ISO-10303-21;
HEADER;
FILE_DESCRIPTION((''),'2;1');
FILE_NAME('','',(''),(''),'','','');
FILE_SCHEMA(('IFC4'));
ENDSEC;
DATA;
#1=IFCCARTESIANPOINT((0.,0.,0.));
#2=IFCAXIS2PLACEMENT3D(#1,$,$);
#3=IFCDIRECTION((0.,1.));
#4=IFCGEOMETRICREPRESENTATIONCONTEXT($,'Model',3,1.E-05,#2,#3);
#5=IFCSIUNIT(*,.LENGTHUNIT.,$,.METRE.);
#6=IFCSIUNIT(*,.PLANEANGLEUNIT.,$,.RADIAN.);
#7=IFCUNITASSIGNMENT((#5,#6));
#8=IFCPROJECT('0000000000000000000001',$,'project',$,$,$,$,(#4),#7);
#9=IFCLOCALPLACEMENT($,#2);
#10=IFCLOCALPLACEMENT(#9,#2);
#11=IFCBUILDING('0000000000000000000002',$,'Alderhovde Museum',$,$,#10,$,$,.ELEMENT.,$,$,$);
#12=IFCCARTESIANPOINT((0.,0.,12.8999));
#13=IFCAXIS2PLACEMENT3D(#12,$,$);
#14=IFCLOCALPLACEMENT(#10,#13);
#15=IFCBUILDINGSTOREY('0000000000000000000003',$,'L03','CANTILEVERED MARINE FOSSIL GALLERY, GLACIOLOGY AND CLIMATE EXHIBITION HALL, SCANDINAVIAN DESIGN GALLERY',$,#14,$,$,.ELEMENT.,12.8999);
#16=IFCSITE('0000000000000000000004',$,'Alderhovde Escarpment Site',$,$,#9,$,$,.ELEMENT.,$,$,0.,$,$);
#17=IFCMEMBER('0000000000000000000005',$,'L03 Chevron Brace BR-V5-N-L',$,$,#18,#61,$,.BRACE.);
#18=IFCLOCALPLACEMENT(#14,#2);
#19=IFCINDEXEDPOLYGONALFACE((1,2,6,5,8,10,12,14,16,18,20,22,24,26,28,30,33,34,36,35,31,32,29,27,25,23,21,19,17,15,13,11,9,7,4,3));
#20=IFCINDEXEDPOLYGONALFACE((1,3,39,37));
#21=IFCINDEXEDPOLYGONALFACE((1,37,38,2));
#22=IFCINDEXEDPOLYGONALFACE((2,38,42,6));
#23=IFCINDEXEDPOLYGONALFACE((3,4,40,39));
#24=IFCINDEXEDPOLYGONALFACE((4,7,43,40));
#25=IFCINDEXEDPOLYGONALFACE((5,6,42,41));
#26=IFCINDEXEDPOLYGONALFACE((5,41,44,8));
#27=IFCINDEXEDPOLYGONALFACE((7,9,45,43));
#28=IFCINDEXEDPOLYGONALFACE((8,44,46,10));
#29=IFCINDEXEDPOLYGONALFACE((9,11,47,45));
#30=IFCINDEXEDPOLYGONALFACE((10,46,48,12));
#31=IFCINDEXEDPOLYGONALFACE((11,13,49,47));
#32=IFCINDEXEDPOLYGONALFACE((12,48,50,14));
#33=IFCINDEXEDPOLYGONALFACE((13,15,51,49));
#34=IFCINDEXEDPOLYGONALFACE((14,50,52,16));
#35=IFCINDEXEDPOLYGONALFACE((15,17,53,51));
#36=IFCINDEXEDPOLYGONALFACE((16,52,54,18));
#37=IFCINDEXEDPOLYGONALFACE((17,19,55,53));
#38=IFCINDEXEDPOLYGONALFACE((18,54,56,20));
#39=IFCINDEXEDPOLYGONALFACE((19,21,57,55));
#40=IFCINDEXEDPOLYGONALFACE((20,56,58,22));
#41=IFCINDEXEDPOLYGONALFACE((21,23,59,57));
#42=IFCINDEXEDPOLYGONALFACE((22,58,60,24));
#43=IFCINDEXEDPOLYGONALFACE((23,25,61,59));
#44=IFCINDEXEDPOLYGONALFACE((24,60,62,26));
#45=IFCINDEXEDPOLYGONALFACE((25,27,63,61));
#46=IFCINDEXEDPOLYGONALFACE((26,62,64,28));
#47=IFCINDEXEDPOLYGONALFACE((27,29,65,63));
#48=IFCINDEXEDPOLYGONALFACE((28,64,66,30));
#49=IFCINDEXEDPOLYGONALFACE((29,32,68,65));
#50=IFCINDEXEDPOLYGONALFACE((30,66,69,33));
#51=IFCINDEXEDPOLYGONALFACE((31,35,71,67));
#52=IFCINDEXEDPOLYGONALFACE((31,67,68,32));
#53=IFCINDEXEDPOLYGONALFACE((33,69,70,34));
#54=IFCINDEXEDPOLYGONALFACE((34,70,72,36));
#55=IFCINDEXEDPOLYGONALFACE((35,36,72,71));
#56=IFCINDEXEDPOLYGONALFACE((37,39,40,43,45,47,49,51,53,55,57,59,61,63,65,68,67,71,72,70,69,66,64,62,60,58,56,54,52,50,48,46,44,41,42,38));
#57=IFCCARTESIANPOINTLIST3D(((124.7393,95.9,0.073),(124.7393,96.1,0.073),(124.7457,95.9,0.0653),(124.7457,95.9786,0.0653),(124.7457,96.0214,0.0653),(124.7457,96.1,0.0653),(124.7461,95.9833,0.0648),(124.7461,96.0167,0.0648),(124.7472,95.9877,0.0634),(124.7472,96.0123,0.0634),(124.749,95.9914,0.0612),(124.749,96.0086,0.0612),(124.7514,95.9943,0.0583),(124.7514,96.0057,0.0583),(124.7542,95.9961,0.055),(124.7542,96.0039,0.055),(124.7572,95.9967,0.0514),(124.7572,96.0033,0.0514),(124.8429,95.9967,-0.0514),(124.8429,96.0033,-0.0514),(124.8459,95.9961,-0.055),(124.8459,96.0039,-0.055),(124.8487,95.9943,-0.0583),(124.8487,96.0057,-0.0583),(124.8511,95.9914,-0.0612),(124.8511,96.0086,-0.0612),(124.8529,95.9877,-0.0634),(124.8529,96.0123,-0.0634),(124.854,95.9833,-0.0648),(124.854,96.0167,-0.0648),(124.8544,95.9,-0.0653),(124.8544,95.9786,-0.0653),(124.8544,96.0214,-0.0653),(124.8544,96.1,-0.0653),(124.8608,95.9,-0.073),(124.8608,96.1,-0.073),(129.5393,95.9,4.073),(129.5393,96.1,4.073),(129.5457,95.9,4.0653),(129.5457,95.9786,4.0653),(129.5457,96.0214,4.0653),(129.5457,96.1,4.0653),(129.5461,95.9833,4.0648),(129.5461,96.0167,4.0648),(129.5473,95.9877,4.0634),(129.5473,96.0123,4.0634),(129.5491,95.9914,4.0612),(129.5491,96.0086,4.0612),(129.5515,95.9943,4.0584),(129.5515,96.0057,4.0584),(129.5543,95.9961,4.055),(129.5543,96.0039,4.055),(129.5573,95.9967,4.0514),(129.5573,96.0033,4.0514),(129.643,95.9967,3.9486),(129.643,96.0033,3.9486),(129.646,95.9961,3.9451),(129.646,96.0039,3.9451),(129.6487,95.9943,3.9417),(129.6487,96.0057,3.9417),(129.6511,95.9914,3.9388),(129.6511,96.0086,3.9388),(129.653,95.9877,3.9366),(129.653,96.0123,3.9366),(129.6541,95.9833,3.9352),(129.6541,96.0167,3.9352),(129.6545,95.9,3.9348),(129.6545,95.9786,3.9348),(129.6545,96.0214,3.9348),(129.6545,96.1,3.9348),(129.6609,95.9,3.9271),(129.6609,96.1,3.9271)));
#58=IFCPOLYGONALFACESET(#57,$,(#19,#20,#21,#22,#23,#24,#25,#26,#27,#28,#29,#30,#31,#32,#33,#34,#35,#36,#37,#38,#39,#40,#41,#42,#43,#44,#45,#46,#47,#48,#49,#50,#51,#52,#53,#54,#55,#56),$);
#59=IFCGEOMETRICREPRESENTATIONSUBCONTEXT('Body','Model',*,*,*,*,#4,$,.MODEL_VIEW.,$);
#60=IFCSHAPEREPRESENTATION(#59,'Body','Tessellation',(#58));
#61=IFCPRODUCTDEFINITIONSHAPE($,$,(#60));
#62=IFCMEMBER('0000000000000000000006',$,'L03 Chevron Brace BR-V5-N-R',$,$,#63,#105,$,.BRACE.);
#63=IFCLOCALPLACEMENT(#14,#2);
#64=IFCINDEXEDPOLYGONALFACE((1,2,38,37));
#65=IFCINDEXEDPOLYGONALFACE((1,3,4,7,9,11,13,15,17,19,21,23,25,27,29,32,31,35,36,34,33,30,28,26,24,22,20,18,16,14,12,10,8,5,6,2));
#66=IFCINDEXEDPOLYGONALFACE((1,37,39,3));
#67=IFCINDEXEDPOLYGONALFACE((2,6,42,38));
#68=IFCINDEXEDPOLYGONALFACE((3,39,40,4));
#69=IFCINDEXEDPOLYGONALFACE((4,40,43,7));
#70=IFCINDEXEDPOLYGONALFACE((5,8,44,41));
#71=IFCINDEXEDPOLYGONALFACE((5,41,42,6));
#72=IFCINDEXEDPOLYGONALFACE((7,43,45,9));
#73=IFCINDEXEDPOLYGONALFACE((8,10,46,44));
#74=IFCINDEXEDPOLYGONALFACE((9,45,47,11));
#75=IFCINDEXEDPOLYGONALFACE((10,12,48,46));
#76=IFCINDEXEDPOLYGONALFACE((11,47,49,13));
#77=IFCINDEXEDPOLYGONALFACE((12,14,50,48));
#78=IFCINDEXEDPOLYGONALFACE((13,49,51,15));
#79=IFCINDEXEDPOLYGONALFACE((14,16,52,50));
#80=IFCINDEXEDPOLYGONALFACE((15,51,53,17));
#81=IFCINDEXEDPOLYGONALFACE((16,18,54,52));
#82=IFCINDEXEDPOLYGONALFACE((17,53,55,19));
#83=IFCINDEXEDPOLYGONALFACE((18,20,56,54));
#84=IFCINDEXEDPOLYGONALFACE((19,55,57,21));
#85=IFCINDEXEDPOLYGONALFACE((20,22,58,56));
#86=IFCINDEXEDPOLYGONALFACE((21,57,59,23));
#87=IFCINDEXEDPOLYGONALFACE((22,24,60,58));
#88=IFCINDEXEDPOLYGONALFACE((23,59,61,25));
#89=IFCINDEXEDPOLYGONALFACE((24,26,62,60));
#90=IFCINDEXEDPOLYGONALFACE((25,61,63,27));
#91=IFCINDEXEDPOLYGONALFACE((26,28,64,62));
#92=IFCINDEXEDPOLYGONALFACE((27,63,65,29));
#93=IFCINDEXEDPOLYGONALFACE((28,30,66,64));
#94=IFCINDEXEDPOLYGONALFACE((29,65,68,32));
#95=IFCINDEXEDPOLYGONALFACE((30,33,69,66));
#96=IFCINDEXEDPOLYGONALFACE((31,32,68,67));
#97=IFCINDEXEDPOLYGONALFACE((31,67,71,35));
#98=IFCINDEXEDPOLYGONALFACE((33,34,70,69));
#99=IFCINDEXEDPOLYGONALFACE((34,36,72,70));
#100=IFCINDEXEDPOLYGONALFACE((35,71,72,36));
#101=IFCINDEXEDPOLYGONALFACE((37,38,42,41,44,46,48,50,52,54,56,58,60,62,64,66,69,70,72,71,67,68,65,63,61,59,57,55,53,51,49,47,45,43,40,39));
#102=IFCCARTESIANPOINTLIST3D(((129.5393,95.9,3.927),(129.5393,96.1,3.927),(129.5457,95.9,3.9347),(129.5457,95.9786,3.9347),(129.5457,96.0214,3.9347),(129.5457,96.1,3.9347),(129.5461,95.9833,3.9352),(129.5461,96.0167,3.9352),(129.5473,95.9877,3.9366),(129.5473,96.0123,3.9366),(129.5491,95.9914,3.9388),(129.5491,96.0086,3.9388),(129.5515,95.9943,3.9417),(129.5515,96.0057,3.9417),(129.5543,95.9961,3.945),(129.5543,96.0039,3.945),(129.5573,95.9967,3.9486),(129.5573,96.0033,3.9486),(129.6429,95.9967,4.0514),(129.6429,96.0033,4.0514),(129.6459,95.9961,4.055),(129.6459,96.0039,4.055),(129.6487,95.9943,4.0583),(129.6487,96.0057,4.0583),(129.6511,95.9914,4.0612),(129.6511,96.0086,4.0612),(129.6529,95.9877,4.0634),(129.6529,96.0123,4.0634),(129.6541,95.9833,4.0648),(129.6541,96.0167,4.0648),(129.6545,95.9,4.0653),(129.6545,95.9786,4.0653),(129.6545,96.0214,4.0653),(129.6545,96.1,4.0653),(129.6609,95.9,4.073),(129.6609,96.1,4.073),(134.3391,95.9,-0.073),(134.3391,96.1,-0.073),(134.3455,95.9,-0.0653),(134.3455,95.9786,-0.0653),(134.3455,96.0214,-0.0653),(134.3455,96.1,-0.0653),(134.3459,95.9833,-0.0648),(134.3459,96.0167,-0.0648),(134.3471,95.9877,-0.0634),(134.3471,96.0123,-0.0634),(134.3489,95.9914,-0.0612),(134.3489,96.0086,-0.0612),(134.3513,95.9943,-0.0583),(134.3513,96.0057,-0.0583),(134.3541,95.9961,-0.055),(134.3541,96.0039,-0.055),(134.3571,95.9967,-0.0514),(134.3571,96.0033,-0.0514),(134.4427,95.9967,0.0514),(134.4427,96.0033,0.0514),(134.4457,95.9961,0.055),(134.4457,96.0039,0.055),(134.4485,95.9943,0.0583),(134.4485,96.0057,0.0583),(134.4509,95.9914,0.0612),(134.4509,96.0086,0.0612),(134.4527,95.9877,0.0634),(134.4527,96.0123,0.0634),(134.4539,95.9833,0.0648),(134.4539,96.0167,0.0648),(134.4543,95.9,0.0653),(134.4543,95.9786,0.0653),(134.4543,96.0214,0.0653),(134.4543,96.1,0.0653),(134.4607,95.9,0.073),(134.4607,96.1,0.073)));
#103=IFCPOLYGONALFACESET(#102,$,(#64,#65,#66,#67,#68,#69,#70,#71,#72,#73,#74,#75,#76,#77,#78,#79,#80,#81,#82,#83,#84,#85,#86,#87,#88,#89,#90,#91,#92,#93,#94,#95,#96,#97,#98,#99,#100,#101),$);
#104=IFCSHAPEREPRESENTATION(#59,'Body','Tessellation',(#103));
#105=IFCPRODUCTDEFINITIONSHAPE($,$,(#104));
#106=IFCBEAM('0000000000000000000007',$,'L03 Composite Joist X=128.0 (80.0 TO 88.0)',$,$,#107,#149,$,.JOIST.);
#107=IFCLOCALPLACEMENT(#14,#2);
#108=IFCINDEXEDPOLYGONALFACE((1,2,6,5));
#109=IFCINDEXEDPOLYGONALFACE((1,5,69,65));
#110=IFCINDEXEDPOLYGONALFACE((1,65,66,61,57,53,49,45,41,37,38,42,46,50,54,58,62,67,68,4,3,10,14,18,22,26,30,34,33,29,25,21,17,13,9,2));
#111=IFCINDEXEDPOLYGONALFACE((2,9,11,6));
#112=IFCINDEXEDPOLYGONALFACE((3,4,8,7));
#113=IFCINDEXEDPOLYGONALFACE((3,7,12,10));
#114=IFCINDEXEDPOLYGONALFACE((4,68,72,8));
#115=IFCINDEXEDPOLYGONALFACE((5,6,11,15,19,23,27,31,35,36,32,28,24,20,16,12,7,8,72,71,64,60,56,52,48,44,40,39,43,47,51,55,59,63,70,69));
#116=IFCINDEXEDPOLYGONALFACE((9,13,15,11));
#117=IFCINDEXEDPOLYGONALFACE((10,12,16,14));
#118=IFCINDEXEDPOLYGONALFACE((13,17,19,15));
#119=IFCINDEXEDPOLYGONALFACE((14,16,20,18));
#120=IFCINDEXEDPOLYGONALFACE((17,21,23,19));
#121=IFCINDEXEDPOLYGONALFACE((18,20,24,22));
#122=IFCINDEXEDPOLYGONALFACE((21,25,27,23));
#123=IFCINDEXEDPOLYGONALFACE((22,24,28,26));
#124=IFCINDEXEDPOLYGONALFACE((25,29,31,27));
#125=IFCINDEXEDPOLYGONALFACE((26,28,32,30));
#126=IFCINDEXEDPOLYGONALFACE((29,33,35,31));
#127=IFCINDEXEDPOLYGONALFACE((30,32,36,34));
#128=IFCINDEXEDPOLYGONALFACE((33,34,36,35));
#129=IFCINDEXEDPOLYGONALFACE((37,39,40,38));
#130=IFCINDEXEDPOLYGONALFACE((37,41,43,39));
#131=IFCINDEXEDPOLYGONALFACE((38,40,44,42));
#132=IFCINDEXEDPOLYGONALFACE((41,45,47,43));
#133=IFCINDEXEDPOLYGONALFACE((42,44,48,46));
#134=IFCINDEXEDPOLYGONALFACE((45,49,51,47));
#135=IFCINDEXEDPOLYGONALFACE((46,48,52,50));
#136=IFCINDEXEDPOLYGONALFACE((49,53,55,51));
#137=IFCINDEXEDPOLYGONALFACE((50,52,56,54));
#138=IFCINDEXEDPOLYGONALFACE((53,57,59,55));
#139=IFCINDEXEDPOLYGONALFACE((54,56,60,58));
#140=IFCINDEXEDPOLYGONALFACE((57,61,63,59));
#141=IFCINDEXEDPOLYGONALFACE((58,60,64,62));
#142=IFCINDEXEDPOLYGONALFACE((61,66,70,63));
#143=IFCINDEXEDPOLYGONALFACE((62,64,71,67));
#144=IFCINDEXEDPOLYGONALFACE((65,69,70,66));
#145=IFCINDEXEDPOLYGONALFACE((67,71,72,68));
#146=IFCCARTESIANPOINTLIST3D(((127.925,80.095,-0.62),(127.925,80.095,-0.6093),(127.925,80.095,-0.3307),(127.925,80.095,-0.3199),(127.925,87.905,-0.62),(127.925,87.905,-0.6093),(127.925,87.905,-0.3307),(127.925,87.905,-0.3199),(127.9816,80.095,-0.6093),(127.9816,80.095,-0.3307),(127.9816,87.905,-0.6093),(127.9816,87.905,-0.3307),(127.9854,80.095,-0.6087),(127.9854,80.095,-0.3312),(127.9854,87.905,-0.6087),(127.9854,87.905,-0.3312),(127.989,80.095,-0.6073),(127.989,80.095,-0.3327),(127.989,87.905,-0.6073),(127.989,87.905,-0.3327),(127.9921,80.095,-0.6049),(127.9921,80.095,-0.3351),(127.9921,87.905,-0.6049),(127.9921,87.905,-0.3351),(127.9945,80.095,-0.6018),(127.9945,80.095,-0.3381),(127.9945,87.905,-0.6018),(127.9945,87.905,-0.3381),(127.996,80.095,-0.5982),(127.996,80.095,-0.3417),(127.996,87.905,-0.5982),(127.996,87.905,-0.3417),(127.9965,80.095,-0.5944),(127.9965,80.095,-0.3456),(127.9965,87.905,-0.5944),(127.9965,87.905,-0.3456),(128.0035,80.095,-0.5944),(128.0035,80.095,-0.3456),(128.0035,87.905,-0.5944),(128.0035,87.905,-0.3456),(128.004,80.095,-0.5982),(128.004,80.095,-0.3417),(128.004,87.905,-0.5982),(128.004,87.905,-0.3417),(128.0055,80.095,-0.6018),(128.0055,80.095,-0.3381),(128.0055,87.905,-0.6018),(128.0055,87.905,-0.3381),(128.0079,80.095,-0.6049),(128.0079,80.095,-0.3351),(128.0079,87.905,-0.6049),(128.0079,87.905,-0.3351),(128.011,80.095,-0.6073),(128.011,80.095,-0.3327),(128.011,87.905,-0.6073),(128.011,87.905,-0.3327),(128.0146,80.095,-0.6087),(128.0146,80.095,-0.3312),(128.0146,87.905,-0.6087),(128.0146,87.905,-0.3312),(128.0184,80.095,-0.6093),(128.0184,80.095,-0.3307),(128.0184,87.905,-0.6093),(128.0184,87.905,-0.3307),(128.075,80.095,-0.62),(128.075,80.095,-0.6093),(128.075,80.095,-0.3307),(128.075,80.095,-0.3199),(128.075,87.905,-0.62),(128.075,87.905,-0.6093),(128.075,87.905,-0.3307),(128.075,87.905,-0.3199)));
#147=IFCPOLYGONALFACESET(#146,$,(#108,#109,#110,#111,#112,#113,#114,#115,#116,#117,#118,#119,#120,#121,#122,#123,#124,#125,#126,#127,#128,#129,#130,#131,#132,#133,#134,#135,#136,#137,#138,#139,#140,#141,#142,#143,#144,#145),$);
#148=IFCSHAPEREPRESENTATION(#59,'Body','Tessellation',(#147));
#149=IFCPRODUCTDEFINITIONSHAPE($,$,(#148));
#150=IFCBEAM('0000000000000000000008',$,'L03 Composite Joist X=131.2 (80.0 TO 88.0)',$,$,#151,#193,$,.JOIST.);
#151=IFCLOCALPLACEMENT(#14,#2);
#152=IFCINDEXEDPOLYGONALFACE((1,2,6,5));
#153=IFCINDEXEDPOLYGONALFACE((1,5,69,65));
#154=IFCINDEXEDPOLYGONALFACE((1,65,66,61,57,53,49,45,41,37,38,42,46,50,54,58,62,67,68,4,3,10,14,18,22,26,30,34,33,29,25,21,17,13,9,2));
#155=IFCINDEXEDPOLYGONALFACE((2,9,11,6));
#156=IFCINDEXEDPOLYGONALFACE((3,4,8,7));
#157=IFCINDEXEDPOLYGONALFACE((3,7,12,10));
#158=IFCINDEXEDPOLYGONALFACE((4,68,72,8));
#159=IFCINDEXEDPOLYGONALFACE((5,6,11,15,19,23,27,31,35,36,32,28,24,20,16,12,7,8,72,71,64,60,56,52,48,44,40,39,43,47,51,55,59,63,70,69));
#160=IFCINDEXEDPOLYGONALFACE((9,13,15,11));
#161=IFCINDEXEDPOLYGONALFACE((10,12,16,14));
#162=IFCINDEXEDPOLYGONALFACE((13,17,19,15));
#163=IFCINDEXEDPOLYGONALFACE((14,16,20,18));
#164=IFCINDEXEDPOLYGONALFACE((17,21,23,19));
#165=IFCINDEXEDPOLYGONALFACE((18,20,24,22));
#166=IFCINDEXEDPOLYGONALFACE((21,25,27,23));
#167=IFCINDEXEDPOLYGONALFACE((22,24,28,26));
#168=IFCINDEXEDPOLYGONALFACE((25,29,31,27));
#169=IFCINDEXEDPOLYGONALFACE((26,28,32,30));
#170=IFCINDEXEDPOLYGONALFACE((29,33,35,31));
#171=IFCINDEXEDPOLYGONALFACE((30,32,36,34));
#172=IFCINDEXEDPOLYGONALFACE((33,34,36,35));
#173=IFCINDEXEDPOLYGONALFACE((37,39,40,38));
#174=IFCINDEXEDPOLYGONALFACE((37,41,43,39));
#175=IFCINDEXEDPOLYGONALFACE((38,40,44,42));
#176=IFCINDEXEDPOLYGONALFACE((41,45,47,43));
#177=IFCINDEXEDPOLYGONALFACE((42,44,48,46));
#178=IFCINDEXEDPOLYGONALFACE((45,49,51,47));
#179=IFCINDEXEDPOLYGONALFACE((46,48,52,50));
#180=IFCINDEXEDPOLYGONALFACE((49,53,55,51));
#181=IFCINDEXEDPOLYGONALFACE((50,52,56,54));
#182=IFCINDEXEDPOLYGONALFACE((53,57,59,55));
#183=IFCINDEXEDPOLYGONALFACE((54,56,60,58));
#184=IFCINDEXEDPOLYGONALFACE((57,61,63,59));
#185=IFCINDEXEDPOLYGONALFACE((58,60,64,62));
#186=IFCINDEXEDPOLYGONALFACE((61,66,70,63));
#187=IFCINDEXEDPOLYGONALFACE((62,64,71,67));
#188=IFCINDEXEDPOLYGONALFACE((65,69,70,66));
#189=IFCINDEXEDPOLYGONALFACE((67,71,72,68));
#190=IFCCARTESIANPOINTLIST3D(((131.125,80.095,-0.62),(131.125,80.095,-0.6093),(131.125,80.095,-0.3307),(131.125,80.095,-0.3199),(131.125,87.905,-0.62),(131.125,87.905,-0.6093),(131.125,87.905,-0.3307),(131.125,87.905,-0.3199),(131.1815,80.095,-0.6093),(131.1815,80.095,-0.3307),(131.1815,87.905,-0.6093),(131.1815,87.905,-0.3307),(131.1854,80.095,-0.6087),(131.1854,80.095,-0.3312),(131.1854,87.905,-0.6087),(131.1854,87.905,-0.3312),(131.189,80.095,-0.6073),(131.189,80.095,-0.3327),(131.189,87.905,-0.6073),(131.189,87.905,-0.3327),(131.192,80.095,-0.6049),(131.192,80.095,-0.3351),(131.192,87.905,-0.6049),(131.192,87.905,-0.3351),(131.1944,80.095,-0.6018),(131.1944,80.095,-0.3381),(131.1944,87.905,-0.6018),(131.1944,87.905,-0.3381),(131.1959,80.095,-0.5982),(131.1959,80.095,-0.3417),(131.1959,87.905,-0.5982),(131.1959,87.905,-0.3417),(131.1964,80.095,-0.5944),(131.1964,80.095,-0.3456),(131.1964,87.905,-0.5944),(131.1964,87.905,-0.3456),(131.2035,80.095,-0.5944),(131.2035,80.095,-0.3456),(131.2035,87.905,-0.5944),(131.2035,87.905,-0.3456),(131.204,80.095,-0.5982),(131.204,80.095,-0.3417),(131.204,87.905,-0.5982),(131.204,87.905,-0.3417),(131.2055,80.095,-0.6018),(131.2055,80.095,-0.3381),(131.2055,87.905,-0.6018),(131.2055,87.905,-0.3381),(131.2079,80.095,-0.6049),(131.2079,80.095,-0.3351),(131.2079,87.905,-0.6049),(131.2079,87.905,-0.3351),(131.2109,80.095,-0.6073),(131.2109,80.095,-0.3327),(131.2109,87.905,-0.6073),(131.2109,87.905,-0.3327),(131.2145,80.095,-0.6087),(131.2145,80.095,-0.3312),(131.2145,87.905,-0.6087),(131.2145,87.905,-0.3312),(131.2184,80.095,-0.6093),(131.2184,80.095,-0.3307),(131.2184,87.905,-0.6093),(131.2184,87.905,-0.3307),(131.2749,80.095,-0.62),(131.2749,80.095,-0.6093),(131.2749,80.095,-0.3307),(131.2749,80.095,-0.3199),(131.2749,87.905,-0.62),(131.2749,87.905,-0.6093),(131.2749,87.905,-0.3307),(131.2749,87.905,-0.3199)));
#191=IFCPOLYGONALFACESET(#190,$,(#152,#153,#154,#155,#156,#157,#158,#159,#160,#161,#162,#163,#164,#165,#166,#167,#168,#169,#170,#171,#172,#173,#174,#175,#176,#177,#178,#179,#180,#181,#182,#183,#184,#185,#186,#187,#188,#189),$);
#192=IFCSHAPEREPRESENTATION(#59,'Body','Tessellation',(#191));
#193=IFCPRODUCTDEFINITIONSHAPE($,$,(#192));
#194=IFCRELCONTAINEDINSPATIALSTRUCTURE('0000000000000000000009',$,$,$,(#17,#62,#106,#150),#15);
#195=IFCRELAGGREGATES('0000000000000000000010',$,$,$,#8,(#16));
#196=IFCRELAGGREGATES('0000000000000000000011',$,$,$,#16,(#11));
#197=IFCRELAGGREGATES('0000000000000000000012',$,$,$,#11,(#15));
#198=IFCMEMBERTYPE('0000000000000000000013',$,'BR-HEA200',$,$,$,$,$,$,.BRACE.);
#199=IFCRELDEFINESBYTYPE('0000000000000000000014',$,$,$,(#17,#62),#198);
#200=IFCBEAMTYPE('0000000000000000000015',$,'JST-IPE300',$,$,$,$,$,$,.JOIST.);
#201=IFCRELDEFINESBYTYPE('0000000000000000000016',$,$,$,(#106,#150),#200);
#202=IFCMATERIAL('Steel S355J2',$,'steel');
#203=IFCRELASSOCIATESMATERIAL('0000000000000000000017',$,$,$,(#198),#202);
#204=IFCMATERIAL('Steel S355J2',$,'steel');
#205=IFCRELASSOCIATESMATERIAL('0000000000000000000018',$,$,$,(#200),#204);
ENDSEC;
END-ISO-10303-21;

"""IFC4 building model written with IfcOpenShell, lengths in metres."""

from ifc_helpers import new_model, si_unit, direction, frame, origin, origin_2d, place, context, subcontext, project, spatial, i_section, extrude, material, material_profile, profile_set, type_object, element, save


model = new_model("IFC4")

# Units and contexts
model_context = context("Model", 3, precision=1e-05, world=origin(), true_north=direction((0.0, 1.0)))
body_context = subcontext(model_context, "Body", "Model", "MODEL_VIEW")
ifc_project = project(units=[si_unit("LENGTHUNIT", "METRE"), si_unit("PLANEANGLEUNIT", "RADIAN")], contexts=[model_context])

# Site, building, storey
site_placement = place(None, origin())
site = spatial("IfcSite", under=ifc_project, at=site_placement, Name="Alderhovde Escarpment Site", CompositionType="ELEMENT", RefElevation=0.0)
building_placement = place(site_placement, origin())
building = spatial("IfcBuilding", under=site, at=building_placement, Name="Alderhovde Museum", CompositionType="ELEMENT")
storey_placement = place(building_placement, frame((0.0, 0.0, 12.8999)))
storey = spatial("IfcBuildingStorey", under=building, at=storey_placement, Name="L03", Description="CANTILEVERED MARINE FOSSIL GALLERY, GLACIOLOGY AND CLIMATE EXHIBITION HALL, SCANDINAVIAN DESIGN GALLERY", CompositionType="ELEMENT", Elevation=12.8999)

# Members
ifc_material_1 = material(Name="Steel S355J2", Category="steel")
ifc_material_profile_1 = material_profile(ifc_material_1, i_section(OverallWidth=0.2, OverallDepth=0.1899, WebThickness=0.0066, FlangeThickness=0.01, FilletRadius=0.0181, at=origin_2d()), Name="HEA 200")
ifc_profile_set_1 = profile_set([ifc_material_profile_1], Name="Steel S355J2")
member_type = type_object("IfcMemberType", Name="BR-HEA200", PredefinedType="BRACE", material=ifc_profile_set_1)
member_1_placement = place(storey_placement, frame((124.8, 96.0, 0.0), z_axis=(0.768224, 0.0, 0.640181), x_axis=(0.0, 1.0, 0.0)))
element("IfcMember", 1, at=member_1_placement, inside=storey, type_object=member_type, Name="L03 Chevron Brace BR-V5-N-L", PredefinedType="BRACE", context=body_context, shape_type="SweptSolid", body=[
    extrude(i_section(OverallWidth=0.2, OverallDepth=0.1899, WebThickness=0.0066, FlangeThickness=0.01, FilletRadius=0.0181, at=origin_2d()), origin(), (0.0, 0.0, 1.0), 6.2483),
])
member_2_placement = place(storey_placement, frame((134.3999, 96.0, 0.0), z_axis=(-0.768208, 0.0, 0.6402), x_axis=(0.0, -1.0, 0.0)))
element("IfcMember", 2, at=member_2_placement, inside=storey, type_object=member_type, Name="L03 Chevron Brace BR-V5-N-R", PredefinedType="BRACE", context=body_context, shape_type="SweptSolid", body=[
    extrude(i_section(OverallWidth=0.2, OverallDepth=0.1899, WebThickness=0.0066, FlangeThickness=0.01, FilletRadius=0.0181, at=origin_2d()), origin(), (0.0, 0.0, 1.0), 6.248),
])

# Beams
ifc_material_2 = material(Name="Steel S355J2", Category="steel")
ifc_material_profile_2 = material_profile(ifc_material_2, i_section(OverallWidth=0.1499, OverallDepth=0.3, WebThickness=0.0071, FlangeThickness=0.0107, FilletRadius=0.0149, at=origin_2d()), Name="IPE 300")
ifc_profile_set_2 = profile_set([ifc_material_profile_2], Name="Steel S355J2")
beam_type_1 = type_object("IfcBeamType", Name="JST-IPE300", PredefinedType="JOIST", material=ifc_profile_set_2)
for number, where, z_axis, x_axis, name in (
    (3, (128.0, 80.095, -0.47), (0.0, 1.0, 0.0), (-1.0, 0.0, 0.0), "L03 Composite Joist X=128.0 (80.0 TO 88.0)"),
    (4, (131.2, 80.095, -0.47), (0.0, 1.0, 0.0), (-1.0, 0.0, 0.0), "L03 Composite Joist X=131.2 (80.0 TO 88.0)"),
):
    element("IfcBeam", number, at=place(storey_placement, frame(where, z_axis=z_axis, x_axis=x_axis)), inside=storey, type_object=beam_type_1, Name=name, PredefinedType="JOIST", context=body_context, shape_type="SweptSolid", body=[
        extrude(i_section(OverallWidth=0.1499, OverallDepth=0.3, WebThickness=0.0071, FlangeThickness=0.0107, FilletRadius=0.0149, at=origin_2d()), origin(), (0.0, 0.0, 1.0), 7.8101),
    ])

save(model, "model.ifc")
